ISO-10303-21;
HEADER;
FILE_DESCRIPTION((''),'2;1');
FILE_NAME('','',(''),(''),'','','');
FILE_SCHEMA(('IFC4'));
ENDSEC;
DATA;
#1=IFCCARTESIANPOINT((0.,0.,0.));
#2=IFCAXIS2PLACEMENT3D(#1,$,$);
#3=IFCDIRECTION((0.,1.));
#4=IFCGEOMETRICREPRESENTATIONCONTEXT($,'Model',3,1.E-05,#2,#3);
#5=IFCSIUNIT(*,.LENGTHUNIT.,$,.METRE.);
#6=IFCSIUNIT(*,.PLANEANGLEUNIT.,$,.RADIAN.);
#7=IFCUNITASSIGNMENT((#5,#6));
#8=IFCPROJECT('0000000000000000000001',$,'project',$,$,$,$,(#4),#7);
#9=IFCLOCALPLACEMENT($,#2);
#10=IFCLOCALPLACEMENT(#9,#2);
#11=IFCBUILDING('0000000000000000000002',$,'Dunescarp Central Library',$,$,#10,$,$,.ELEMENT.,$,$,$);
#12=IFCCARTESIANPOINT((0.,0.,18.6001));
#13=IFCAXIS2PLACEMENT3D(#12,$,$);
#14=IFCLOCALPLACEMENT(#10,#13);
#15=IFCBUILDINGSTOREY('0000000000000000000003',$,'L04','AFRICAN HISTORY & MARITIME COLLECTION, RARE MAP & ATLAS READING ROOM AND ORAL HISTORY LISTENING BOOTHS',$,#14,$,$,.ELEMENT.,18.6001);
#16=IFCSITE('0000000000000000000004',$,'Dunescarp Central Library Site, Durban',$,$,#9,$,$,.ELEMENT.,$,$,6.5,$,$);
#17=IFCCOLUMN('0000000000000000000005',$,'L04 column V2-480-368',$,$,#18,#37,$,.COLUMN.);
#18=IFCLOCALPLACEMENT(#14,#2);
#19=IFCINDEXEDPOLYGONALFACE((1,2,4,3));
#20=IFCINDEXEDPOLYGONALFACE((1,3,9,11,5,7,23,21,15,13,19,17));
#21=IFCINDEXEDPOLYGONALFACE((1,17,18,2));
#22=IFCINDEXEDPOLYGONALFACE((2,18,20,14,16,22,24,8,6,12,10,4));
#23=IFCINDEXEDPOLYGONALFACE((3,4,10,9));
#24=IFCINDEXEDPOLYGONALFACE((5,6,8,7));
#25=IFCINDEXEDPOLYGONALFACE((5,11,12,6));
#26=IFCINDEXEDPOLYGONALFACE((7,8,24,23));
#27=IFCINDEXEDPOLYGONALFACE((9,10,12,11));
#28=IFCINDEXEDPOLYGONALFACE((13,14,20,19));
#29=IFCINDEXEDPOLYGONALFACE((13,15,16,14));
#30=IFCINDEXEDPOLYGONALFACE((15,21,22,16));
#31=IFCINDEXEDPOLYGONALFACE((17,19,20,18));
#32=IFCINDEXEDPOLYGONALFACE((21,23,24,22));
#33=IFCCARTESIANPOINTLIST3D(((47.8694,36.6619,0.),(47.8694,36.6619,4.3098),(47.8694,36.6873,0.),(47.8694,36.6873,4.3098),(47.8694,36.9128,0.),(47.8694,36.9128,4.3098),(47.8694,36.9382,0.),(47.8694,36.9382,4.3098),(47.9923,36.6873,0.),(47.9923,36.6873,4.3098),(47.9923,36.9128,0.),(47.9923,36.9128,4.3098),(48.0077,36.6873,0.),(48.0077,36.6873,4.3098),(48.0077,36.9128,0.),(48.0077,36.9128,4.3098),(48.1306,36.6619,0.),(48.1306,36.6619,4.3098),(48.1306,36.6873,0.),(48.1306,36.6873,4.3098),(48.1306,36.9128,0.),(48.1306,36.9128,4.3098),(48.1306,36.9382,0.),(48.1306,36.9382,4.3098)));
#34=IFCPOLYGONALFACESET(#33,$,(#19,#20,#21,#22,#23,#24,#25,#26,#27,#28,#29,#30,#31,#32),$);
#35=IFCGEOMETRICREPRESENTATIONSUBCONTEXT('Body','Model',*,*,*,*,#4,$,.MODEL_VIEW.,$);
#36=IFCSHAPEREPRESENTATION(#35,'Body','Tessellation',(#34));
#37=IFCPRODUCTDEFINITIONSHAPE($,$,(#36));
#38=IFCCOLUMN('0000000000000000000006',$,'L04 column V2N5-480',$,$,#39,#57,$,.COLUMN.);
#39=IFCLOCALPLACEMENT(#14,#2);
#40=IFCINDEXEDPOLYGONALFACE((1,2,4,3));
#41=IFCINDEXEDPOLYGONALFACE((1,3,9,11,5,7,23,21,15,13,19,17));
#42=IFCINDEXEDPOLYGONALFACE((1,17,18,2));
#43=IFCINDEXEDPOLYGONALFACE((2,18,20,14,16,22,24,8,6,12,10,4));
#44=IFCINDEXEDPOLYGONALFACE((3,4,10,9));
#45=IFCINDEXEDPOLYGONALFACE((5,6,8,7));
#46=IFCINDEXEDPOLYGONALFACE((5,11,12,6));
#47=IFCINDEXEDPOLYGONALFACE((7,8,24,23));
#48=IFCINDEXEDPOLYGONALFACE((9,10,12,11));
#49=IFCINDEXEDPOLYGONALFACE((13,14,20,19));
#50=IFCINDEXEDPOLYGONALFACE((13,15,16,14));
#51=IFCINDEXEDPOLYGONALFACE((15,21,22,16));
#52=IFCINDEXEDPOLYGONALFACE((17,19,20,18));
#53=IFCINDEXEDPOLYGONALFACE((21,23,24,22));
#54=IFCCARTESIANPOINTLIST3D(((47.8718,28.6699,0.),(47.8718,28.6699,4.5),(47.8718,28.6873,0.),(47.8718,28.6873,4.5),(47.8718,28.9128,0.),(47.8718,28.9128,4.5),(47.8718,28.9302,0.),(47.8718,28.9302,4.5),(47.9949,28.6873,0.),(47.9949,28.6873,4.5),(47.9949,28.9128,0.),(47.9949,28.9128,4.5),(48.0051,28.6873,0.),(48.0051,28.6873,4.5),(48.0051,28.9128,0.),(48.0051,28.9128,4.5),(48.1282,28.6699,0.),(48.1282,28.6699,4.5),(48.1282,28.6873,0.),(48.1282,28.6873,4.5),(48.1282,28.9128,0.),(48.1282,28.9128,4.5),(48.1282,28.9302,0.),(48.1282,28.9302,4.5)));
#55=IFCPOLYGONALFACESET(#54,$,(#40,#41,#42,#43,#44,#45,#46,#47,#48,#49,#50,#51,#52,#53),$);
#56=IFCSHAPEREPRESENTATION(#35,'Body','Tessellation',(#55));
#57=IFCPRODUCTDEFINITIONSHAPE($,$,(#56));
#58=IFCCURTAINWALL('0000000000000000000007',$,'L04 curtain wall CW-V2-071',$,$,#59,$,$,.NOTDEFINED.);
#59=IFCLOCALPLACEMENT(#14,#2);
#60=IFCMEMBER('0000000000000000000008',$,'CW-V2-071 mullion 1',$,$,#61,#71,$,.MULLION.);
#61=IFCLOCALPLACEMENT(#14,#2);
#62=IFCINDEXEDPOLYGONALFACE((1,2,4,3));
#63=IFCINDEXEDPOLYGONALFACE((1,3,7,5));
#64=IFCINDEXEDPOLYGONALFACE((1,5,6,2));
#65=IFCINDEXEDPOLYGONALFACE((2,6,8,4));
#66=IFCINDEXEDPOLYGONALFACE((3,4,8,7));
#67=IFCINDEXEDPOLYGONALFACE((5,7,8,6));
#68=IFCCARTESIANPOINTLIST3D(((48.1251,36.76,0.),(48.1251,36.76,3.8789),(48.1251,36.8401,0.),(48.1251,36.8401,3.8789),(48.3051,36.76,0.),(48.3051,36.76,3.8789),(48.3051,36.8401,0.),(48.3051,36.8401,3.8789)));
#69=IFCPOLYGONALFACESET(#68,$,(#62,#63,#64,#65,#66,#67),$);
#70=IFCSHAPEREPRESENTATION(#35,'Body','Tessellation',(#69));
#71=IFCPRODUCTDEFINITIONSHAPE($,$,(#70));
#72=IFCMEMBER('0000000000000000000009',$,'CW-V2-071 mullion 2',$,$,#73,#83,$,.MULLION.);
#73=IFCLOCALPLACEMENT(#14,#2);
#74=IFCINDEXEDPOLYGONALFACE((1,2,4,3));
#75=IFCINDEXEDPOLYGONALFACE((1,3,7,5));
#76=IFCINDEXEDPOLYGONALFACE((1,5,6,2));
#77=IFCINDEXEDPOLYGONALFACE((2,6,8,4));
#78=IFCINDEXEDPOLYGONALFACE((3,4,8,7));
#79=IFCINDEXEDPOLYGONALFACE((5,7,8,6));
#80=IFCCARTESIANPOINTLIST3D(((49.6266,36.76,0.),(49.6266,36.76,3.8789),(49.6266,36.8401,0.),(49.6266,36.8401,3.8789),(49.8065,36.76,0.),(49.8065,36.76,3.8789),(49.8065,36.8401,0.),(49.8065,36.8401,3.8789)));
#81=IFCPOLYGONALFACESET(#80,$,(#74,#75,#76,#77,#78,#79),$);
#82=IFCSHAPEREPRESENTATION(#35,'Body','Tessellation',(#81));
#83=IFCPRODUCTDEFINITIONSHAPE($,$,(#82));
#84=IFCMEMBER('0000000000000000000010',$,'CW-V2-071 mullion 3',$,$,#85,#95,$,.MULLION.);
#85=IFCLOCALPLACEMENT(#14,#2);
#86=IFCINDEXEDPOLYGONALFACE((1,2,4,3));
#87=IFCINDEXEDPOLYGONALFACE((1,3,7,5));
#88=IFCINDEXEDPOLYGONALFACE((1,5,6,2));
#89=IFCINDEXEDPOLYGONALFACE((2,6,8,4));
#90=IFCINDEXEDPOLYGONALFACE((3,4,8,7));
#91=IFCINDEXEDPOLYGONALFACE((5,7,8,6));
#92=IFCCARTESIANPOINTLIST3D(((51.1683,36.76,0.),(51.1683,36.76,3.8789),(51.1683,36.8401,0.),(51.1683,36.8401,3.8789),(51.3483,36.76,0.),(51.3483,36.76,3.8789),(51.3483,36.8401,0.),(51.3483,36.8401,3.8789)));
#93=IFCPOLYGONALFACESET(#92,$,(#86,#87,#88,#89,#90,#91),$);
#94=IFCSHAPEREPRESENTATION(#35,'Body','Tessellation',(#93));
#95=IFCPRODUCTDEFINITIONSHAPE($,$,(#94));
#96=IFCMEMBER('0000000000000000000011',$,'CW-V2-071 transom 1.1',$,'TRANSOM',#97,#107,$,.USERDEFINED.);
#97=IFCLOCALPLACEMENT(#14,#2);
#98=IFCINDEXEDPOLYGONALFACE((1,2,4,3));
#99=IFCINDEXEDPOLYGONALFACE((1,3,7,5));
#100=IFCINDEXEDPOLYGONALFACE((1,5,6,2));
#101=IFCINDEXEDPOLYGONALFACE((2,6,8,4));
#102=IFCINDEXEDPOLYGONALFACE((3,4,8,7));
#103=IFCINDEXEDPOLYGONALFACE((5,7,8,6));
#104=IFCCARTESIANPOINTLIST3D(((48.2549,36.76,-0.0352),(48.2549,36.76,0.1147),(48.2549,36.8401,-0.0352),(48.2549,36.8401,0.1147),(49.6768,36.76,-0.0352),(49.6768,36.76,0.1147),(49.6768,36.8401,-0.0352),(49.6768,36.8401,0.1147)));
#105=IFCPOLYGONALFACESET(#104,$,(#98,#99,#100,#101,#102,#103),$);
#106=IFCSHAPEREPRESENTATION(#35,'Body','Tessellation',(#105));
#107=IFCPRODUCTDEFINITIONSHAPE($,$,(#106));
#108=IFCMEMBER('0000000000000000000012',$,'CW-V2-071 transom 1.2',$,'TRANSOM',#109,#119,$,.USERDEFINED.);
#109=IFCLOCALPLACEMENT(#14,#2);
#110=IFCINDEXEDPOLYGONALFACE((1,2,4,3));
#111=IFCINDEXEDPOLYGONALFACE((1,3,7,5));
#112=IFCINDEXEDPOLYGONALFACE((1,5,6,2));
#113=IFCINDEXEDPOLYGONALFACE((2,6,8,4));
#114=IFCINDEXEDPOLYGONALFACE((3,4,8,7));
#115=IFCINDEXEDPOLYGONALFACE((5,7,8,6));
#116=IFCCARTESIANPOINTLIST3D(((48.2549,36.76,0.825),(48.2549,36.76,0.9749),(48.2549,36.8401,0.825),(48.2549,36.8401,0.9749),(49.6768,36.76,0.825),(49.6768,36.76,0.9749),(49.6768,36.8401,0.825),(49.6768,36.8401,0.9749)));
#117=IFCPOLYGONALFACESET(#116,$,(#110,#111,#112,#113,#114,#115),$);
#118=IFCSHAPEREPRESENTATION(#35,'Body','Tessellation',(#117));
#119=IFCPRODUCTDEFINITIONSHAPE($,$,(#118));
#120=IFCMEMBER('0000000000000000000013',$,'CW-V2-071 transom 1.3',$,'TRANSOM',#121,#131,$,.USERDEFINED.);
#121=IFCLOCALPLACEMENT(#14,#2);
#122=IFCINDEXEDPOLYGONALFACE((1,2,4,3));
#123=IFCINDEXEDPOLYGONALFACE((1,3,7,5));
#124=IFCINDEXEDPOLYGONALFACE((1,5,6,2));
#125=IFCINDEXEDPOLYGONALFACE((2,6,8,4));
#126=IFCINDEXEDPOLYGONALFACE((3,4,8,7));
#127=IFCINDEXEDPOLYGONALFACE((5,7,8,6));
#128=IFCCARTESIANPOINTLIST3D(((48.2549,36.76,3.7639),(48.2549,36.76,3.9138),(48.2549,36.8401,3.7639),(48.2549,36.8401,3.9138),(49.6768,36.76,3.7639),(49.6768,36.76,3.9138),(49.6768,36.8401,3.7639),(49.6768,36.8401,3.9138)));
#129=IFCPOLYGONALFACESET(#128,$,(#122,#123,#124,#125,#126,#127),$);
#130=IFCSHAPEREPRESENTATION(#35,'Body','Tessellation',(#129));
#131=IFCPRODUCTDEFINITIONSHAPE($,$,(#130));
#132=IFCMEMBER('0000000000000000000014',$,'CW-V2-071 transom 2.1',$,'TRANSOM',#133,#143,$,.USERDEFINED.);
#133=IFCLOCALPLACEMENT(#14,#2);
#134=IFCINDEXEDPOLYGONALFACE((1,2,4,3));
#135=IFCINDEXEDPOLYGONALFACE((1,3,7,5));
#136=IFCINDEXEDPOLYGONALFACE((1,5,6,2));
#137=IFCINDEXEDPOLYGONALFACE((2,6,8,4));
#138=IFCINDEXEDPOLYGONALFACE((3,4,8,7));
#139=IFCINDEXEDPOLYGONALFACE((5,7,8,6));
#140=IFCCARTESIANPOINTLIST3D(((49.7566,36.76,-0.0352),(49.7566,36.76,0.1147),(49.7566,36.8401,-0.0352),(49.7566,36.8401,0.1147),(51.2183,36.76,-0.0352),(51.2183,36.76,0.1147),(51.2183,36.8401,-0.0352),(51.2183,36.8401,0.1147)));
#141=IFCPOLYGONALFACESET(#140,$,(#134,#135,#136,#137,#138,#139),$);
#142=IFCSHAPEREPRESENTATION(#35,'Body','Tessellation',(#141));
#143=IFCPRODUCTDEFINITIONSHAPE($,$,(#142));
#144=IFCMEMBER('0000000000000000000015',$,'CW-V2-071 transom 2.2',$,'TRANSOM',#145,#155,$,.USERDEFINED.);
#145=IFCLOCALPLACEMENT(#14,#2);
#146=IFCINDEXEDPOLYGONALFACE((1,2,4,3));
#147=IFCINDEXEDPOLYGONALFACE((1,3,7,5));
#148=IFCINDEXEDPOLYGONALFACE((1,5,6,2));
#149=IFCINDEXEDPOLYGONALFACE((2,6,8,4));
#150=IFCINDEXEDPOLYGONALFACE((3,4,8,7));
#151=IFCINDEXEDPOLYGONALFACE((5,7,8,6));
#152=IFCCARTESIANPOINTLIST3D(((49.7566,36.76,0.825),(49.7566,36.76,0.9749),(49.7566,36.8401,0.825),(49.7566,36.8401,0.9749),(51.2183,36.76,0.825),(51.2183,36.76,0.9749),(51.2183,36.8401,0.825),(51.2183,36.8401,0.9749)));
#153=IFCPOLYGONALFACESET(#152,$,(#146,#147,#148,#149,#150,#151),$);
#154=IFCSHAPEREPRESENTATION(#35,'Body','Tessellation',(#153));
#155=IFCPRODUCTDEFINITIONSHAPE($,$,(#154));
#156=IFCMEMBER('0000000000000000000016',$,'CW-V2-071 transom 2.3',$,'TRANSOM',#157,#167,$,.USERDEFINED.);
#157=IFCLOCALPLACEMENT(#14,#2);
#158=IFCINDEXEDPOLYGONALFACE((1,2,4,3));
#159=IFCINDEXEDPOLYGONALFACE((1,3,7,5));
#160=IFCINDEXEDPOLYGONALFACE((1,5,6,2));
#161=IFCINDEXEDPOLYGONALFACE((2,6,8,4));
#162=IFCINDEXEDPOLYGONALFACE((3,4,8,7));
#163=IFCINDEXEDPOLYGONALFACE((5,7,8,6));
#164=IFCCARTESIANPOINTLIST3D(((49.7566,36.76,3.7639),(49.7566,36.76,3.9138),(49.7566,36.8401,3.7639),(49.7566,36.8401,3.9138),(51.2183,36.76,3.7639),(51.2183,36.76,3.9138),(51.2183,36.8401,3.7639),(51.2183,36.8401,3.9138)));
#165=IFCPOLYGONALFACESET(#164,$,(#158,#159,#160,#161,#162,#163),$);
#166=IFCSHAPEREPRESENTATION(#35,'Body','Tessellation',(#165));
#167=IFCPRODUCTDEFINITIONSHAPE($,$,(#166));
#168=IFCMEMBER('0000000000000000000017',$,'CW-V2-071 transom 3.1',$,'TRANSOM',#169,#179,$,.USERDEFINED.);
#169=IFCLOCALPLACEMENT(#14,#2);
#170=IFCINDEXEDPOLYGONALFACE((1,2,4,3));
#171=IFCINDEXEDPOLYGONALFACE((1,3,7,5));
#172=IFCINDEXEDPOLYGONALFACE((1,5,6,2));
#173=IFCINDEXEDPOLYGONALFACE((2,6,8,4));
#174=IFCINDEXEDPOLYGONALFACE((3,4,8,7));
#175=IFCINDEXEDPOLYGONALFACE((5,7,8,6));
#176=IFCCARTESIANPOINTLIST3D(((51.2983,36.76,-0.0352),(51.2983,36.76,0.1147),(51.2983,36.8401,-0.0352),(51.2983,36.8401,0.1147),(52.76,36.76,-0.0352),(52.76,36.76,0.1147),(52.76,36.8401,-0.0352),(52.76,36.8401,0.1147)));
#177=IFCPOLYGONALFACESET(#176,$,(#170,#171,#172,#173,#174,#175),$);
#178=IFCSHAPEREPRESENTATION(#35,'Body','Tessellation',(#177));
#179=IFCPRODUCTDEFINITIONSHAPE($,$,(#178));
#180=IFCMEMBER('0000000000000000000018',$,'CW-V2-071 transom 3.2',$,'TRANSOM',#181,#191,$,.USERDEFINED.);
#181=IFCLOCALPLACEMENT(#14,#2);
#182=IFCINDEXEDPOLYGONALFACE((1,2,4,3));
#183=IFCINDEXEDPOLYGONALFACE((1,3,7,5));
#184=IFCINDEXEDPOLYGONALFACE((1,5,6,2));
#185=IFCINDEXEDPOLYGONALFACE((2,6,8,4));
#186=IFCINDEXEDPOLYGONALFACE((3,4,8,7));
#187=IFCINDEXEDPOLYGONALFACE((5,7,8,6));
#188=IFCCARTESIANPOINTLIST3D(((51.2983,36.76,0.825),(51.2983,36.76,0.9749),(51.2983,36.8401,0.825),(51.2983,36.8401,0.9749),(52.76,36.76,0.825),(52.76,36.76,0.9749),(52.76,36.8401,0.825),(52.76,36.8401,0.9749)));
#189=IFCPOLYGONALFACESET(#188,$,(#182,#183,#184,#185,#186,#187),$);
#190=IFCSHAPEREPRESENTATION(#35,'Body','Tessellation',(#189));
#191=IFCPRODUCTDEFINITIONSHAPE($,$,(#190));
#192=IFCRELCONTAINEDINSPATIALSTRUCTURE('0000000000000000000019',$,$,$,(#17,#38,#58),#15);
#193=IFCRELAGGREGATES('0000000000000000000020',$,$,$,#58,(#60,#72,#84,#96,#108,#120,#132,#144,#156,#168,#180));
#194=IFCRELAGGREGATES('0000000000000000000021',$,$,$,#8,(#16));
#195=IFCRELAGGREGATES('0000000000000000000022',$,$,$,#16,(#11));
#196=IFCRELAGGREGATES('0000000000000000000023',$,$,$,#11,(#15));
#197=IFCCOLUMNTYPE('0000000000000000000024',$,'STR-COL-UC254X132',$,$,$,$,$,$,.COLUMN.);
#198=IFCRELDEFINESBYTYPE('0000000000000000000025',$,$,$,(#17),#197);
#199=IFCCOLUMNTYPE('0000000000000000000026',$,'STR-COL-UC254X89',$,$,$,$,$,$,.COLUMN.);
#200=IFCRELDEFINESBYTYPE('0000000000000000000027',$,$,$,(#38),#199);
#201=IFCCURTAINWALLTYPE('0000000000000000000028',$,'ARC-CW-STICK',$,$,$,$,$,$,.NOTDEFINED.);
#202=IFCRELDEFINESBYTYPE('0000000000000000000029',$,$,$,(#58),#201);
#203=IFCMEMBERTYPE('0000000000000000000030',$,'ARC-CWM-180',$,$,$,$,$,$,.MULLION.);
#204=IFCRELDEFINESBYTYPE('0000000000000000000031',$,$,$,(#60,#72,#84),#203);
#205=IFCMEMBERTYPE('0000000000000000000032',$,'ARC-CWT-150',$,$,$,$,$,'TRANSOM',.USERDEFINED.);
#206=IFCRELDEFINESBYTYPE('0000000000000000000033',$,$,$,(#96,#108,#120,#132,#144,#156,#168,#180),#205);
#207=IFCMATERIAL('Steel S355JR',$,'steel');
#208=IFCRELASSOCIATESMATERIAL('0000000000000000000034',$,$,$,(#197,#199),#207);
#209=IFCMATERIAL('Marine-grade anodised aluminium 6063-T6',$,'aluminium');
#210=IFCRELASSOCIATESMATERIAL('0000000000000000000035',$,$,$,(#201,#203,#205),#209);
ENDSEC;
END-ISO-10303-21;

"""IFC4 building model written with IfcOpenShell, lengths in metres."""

from ifc_helpers import new_model, si_unit, direction, frame, origin, origin_2d, place, context, subcontext, project, spatial, rectangle, i_section, extrude, material, material_profile, profile_set, type_object, element, aggregate, save


model = new_model("IFC4")

# Units and contexts
model_context = context("Model", 3, precision=1e-05, world=origin(), true_north=direction((0.0, 1.0)))
body_context = subcontext(model_context, "Body", "Model", "MODEL_VIEW")
ifc_project = project(units=[si_unit("LENGTHUNIT", "METRE"), si_unit("PLANEANGLEUNIT", "RADIAN")], contexts=[model_context])

# Site, building, storey
site_placement = place(None, origin())
site = spatial("IfcSite", under=ifc_project, at=site_placement, Name="Dunescarp Central Library Site, Durban", CompositionType="ELEMENT", RefElevation=6.5)
building_placement = place(site_placement, origin())
building = spatial("IfcBuilding", under=site, at=building_placement, Name="Dunescarp Central Library", CompositionType="ELEMENT")
storey_placement = place(building_placement, frame((0.0, 0.0, 18.6001)))
storey = spatial("IfcBuildingStorey", under=building, at=storey_placement, Name="L04", Description="AFRICAN HISTORY & MARITIME COLLECTION, RARE MAP & ATLAS READING ROOM AND ORAL HISTORY LISTENING BOOTHS", CompositionType="ELEMENT", Elevation=18.6001)

# Columns
ifc_material_1 = material(Name="Steel S355JR", Category="steel")
ifc_material_profile_1 = material_profile(ifc_material_1, i_section(OverallWidth=0.2612, OverallDepth=0.2764, WebThickness=0.0154, FlangeThickness=0.0254, at=origin_2d()), Name="UC 254x254x132")
ifc_profile_set_1 = profile_set([ifc_material_profile_1], Name="Steel S355JR")
column_type_1 = type_object("IfcColumnType", Name="STR-COL-UC254X132", PredefinedType="COLUMN", material=ifc_profile_set_1)
column_1_placement = place(storey_placement, frame((48.0, 36.8, 0.0), z_axis=(0.0, 0.0, 1.0), x_axis=(1.0, 0.0, 0.0)))
element("IfcColumn", 1, at=column_1_placement, inside=storey, type_object=column_type_1, Name="L04 column V2-480-368", PredefinedType="COLUMN", context=body_context, shape_type="SweptSolid", body=[
    extrude(i_section(OverallWidth=0.2612, OverallDepth=0.2764, WebThickness=0.0154, FlangeThickness=0.0254, at=origin_2d()), origin(), (0.0, 0.0, 1.0), 4.3098),
])
ifc_material_profile_2 = material_profile(ifc_material_1, i_section(OverallWidth=0.2563, OverallDepth=0.2603, WebThickness=0.0103, FlangeThickness=0.0173, at=origin_2d()), Name="UC 254x254x89")
ifc_profile_set_2 = profile_set([ifc_material_profile_2], Name="Steel S355JR")
column_type_2 = type_object("IfcColumnType", Name="STR-COL-UC254X89", PredefinedType="COLUMN", material=ifc_profile_set_2)
column_2_placement = place(storey_placement, frame((48.0, 28.8, 0.0), z_axis=(0.0, 0.0, 1.0), x_axis=(1.0, 0.0, 0.0)))
element("IfcColumn", 2, at=column_2_placement, inside=storey, type_object=column_type_2, Name="L04 column V2N5-480", PredefinedType="COLUMN", context=body_context, shape_type="SweptSolid", body=[
    extrude(i_section(OverallWidth=0.2563, OverallDepth=0.2603, WebThickness=0.0103, FlangeThickness=0.0173, at=origin_2d()), origin(), (0.0, 0.0, 1.0), 4.5),
])

# Curtain wall, members
ifc_material_2 = material(Name="Marine-grade anodised aluminium 6063-T6", Category="aluminium")
curtain_wall_type = type_object("IfcCurtainWallType", Name="ARC-CW-STICK", PredefinedType="NOTDEFINED", material=ifc_material_2)
curtain_wall_placement = place(storey_placement, origin())
curtain_wall = element("IfcCurtainWall", 3, at=curtain_wall_placement, inside=storey, type_object=curtain_wall_type, Name="L04 curtain wall CW-V2-071", PredefinedType="NOTDEFINED")
ifc_material_profile_3 = material_profile(ifc_material_2, rectangle(XDim=0.0801, YDim=0.1799, at=origin_2d()), Name="AL 80x180")
ifc_profile_set_3 = profile_set([ifc_material_profile_3], Name="Marine-grade anodised aluminium 6063-T6")
member_type_1 = type_object("IfcMemberType", Name="ARC-CWM-180", PredefinedType="MULLION", material=ifc_profile_set_3)
member_1_placement = place(storey_placement, frame((48.2151, 36.8, 0.0), z_axis=(0.0, 0.0, 1.0), x_axis=(0.0, 1.0, 0.0)))
member_1 = element("IfcMember", 4, at=member_1_placement, type_object=member_type_1, Name="CW-V2-071 mullion 1", PredefinedType="MULLION", context=body_context, shape_type="SweptSolid", body=[
    extrude(rectangle(XDim=0.0801, YDim=0.1799, at=origin_2d()), origin(), (0.0, 0.0, 1.0), 3.8789),
])
member_2_placement = place(storey_placement, frame((49.7166, 36.8, 0.0), z_axis=(0.0, 0.0, 1.0), x_axis=(0.0, 1.0, 0.0)))
member_2 = element("IfcMember", 5, at=member_2_placement, type_object=member_type_1, Name="CW-V2-071 mullion 2", PredefinedType="MULLION", context=body_context, shape_type="SweptSolid", body=[
    extrude(rectangle(XDim=0.0801, YDim=0.1799, at=origin_2d()), origin(), (0.0, 0.0, 1.0), 3.8789),
])
member_3_placement = place(storey_placement, frame((51.2583, 36.8, 0.0), z_axis=(0.0, 0.0, 1.0), x_axis=(0.0, 1.0, 0.0)))
member_3 = element("IfcMember", 6, at=member_3_placement, type_object=member_type_1, Name="CW-V2-071 mullion 3", PredefinedType="MULLION", context=body_context, shape_type="SweptSolid", body=[
    extrude(rectangle(XDim=0.0801, YDim=0.1799, at=origin_2d()), origin(), (0.0, 0.0, 1.0), 3.8789),
])
ifc_material_profile_4 = material_profile(ifc_material_2, rectangle(XDim=0.0801, YDim=0.1499, at=origin_2d()), Name="AL 80x150")
ifc_profile_set_4 = profile_set([ifc_material_profile_4], Name="Marine-grade anodised aluminium 6063-T6")
member_type_2 = type_object("IfcMemberType", Name="ARC-CWT-150", ElementType="TRANSOM", PredefinedType="USERDEFINED", material=ifc_profile_set_4)
member_4_placement = place(storey_placement, frame((48.2549, 36.8, 0.0398), z_axis=(1.0, 0.0, 0.0), x_axis=(0.0, 1.0, 0.0)))
member_4 = element("IfcMember", 7, at=member_4_placement, type_object=member_type_2, Name="CW-V2-071 transom 1.1", ObjectType="TRANSOM", PredefinedType="USERDEFINED", context=body_context, shape_type="SweptSolid", body=[
    extrude(rectangle(XDim=0.0801, YDim=0.1499, at=origin_2d()), origin(), (0.0, 0.0, 1.0), 1.4219),
])
member_5_placement = place(storey_placement, frame((48.2549, 36.8, 0.8999), z_axis=(1.0, 0.0, 0.0), x_axis=(0.0, 1.0, 0.0)))
member_5 = element("IfcMember", 8, at=member_5_placement, type_object=member_type_2, Name="CW-V2-071 transom 1.2", ObjectType="TRANSOM", PredefinedType="USERDEFINED", context=body_context, shape_type="SweptSolid", body=[
    extrude(rectangle(XDim=0.0801, YDim=0.1499, at=origin_2d()), origin(), (0.0, 0.0, 1.0), 1.4219),
])
member_6_placement = place(storey_placement, frame((48.2549, 36.8, 3.8389), z_axis=(1.0, 0.0, 0.0), x_axis=(0.0, 1.0, 0.0)))
member_6 = element("IfcMember", 9, at=member_6_placement, type_object=member_type_2, Name="CW-V2-071 transom 1.3", ObjectType="TRANSOM", PredefinedType="USERDEFINED", context=body_context, shape_type="SweptSolid", body=[
    extrude(rectangle(XDim=0.0801, YDim=0.1499, at=origin_2d()), origin(), (0.0, 0.0, 1.0), 1.4219),
])
member_7_placement = place(storey_placement, frame((49.7566, 36.8, 0.0398), z_axis=(1.0, 0.0, 0.0), x_axis=(0.0, 1.0, 0.0)))
member_7 = element("IfcMember", 10, at=member_7_placement, type_object=member_type_2, Name="CW-V2-071 transom 2.1", ObjectType="TRANSOM", PredefinedType="USERDEFINED", context=body_context, shape_type="SweptSolid", body=[
    extrude(rectangle(XDim=0.0801, YDim=0.1499, at=origin_2d()), origin(), (0.0, 0.0, 1.0), 1.4617),
])
member_8_placement = place(storey_placement, frame((49.7566, 36.8, 0.8999), z_axis=(1.0, 0.0, 0.0), x_axis=(0.0, 1.0, 0.0)))
member_8 = element("IfcMember", 11, at=member_8_placement, type_object=member_type_2, Name="CW-V2-071 transom 2.2", ObjectType="TRANSOM", PredefinedType="USERDEFINED", context=body_context, shape_type="SweptSolid", body=[
    extrude(rectangle(XDim=0.0801, YDim=0.1499, at=origin_2d()), origin(), (0.0, 0.0, 1.0), 1.4617),
])
member_9_placement = place(storey_placement, frame((49.7566, 36.8, 3.8389), z_axis=(1.0, 0.0, 0.0), x_axis=(0.0, 1.0, 0.0)))
member_9 = element("IfcMember", 12, at=member_9_placement, type_object=member_type_2, Name="CW-V2-071 transom 2.3", ObjectType="TRANSOM", PredefinedType="USERDEFINED", context=body_context, shape_type="SweptSolid", body=[
    extrude(rectangle(XDim=0.0801, YDim=0.1499, at=origin_2d()), origin(), (0.0, 0.0, 1.0), 1.4617),
])
member_10_placement = place(storey_placement, frame((51.2983, 36.8, 0.0398), z_axis=(1.0, 0.0, 0.0), x_axis=(0.0, 1.0, 0.0)))
member_10 = element("IfcMember", 13, at=member_10_placement, type_object=member_type_2, Name="CW-V2-071 transom 3.1", ObjectType="TRANSOM", PredefinedType="USERDEFINED", context=body_context, shape_type="SweptSolid", body=[
    extrude(rectangle(XDim=0.0801, YDim=0.1499, at=origin_2d()), origin(), (0.0, 0.0, 1.0), 1.4617),
])
member_11_placement = place(storey_placement, frame((51.2983, 36.8, 0.8999), z_axis=(1.0, 0.0, 0.0), x_axis=(0.0, 1.0, 0.0)))
member_11 = element("IfcMember", 14, at=member_11_placement, type_object=member_type_2, Name="CW-V2-071 transom 3.2", ObjectType="TRANSOM", PredefinedType="USERDEFINED", context=body_context, shape_type="SweptSolid", body=[
    extrude(rectangle(XDim=0.0801, YDim=0.1499, at=origin_2d()), origin(), (0.0, 0.0, 1.0), 1.4617),
])

aggregate(curtain_wall, [member_1, member_2, member_3, member_4, member_5, member_6, member_7, member_8, member_9, member_10, member_11])

save(model, "model.ifc")
